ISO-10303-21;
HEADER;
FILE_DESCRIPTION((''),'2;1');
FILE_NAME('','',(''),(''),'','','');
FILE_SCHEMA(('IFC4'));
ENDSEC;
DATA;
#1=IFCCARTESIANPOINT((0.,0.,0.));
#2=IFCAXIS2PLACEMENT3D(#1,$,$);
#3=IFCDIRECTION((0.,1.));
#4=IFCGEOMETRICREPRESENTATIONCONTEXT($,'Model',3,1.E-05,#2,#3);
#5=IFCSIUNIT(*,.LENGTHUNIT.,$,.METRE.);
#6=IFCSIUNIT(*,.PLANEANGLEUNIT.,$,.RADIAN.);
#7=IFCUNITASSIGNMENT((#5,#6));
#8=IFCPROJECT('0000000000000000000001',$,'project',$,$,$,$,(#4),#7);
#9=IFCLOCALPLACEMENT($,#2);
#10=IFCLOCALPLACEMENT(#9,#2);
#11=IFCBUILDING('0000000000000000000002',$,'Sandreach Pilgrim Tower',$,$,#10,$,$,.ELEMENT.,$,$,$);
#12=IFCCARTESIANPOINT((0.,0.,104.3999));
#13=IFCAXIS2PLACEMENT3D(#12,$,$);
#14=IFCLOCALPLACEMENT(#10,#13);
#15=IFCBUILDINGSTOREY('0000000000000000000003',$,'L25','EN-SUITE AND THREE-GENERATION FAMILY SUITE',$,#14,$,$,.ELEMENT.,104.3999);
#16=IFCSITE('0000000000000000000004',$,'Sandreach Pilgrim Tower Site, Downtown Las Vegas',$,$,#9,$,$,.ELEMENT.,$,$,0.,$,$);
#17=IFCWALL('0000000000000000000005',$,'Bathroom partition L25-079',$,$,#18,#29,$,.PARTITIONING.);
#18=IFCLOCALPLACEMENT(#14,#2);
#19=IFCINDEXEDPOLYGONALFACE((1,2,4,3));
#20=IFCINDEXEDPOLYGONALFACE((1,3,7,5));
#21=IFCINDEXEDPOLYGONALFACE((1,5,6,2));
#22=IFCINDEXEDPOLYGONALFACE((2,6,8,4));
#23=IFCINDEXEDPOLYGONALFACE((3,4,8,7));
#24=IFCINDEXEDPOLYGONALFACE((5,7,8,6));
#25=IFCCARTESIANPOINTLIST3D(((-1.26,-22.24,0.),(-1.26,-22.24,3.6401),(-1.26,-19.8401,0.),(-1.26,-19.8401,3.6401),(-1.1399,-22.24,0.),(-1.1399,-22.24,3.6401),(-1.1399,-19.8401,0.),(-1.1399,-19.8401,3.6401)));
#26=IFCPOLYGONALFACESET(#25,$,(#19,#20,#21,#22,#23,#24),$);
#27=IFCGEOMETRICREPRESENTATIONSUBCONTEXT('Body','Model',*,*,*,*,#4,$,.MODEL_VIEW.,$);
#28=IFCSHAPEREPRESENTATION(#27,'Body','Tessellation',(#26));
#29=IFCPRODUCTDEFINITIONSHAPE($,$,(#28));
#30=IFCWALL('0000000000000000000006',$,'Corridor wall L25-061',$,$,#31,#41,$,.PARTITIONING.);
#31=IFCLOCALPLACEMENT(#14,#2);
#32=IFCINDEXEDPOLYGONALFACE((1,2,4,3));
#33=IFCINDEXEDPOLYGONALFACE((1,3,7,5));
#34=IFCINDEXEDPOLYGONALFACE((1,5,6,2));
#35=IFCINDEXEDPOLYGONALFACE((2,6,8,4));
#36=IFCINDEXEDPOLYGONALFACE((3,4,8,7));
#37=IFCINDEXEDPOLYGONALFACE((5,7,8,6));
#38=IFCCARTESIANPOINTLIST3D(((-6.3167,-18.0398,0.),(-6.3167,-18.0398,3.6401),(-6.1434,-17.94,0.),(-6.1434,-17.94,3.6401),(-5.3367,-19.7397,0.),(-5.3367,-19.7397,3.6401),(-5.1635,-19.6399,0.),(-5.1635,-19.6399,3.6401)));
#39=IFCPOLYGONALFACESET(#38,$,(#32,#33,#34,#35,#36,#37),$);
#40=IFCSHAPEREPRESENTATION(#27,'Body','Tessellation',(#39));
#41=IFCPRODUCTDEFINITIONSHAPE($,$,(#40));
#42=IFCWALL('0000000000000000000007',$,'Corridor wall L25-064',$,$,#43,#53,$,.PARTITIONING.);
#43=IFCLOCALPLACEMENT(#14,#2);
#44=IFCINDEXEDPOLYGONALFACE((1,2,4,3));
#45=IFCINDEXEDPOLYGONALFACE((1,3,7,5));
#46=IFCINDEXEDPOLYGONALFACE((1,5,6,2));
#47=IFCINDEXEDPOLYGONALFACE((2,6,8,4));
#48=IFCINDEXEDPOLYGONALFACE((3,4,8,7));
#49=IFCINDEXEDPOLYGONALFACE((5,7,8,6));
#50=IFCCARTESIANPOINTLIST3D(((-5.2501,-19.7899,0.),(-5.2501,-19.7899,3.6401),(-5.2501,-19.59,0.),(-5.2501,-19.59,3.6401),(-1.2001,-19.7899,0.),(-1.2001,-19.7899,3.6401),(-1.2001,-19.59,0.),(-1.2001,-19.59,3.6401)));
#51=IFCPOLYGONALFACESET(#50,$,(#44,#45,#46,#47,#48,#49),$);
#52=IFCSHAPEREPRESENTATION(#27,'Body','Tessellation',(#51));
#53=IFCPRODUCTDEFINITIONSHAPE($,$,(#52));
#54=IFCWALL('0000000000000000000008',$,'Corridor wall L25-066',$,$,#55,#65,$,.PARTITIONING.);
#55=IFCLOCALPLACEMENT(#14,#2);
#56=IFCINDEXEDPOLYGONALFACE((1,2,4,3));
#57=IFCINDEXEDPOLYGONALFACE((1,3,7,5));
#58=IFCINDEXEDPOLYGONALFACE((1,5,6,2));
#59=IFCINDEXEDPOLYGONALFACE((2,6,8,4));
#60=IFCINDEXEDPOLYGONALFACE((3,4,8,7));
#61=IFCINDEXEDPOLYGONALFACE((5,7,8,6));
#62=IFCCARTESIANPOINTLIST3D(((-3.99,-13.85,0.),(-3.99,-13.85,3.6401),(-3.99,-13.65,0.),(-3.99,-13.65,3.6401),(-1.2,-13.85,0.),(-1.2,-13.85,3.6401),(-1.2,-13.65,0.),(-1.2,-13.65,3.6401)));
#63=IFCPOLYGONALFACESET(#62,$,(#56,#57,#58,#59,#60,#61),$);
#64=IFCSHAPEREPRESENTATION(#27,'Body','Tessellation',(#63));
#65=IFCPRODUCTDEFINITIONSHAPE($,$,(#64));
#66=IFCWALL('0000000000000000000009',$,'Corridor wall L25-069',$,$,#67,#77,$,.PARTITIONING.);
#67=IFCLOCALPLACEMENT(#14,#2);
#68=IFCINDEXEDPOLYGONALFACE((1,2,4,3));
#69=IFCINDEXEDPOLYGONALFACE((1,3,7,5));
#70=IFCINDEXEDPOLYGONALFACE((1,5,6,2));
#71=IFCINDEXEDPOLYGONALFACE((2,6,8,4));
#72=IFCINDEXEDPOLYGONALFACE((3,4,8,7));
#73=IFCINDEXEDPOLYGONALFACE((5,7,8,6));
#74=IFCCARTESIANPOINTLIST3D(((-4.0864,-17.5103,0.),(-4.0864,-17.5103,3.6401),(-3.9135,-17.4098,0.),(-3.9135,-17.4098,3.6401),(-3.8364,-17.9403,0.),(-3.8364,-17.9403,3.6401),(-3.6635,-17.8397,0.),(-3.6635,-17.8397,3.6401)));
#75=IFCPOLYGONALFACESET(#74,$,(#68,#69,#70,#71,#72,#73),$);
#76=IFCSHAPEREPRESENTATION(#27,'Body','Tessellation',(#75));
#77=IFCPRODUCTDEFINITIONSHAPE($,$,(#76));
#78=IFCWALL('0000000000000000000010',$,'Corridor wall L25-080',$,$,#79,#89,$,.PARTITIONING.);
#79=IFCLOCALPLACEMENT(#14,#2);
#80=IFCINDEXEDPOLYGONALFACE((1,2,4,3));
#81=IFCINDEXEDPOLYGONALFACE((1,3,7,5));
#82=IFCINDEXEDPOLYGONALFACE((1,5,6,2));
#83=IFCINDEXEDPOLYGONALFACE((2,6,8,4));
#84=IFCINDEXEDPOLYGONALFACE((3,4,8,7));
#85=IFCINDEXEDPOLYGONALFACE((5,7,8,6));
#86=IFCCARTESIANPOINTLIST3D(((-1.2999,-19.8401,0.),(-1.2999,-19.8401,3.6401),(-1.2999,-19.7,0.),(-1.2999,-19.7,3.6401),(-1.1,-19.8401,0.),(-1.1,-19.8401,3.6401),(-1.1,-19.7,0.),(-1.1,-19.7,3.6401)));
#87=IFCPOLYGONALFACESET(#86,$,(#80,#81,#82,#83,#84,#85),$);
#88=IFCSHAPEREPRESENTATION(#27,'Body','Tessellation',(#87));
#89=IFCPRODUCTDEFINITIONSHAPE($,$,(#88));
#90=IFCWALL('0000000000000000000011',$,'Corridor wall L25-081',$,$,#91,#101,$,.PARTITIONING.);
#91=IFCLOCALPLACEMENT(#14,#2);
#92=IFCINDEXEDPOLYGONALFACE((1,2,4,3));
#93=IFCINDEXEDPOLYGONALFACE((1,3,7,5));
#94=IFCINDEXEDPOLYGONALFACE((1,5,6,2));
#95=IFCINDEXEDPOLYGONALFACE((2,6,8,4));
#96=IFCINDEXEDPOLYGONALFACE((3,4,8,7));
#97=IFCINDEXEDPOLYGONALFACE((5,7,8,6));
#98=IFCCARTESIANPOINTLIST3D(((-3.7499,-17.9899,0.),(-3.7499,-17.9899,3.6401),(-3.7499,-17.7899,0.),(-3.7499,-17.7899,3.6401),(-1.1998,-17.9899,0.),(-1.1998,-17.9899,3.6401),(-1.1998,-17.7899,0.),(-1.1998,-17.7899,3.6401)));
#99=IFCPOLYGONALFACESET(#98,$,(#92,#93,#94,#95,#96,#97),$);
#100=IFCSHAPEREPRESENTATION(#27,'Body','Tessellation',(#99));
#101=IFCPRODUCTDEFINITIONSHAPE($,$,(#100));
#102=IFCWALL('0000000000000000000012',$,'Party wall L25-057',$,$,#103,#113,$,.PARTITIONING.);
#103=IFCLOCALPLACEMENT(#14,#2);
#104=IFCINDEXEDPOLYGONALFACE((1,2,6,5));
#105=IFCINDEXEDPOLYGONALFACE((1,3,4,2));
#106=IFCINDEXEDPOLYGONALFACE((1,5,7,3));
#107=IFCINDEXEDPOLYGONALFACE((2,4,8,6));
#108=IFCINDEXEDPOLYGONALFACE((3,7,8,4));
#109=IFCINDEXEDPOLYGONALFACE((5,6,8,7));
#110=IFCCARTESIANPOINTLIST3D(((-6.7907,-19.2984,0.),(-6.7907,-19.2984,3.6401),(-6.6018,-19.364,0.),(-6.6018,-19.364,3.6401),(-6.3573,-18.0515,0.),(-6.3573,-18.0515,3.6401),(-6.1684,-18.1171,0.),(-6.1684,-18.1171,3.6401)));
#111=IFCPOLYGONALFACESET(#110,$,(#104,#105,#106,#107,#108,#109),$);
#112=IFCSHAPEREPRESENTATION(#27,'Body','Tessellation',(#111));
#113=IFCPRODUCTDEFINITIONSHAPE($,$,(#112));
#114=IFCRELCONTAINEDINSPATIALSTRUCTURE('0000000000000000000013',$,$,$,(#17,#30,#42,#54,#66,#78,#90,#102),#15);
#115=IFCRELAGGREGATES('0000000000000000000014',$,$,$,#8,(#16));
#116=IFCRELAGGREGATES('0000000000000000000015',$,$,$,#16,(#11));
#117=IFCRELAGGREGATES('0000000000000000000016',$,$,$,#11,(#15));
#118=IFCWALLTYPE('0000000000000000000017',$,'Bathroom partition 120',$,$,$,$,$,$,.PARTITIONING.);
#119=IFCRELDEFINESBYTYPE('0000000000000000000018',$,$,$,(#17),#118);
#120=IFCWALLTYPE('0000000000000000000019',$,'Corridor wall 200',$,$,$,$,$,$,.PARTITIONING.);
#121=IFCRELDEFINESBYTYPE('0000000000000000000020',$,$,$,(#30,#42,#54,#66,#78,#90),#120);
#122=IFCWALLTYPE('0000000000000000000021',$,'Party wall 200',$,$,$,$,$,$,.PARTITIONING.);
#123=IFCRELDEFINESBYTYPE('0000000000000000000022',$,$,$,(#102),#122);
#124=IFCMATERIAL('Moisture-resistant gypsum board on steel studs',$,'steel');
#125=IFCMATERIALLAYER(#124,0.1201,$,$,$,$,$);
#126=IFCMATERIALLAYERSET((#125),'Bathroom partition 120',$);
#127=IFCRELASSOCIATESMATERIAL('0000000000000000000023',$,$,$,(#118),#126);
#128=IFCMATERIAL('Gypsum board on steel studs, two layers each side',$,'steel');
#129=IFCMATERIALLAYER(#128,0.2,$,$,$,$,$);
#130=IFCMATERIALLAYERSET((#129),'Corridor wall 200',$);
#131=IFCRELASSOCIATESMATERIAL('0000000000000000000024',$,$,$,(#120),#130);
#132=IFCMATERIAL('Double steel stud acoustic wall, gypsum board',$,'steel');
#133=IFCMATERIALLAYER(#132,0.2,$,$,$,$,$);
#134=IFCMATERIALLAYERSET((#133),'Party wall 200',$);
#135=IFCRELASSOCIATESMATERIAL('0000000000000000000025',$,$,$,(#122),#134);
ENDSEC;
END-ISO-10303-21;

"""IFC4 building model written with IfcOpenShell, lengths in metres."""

from ifc_helpers import new_model, si_unit, direction, frame, frame_2d, origin, place, context, subcontext, project, spatial, rectangle, extrude, material, layer, layer_set, type_object, element, save


model = new_model("IFC4")

# Units and contexts
model_context = context("Model", 3, precision=1e-05, world=origin(), true_north=direction((0.0, 1.0)))
body_context = subcontext(model_context, "Body", "Model", "MODEL_VIEW")
ifc_project = project(units=[si_unit("LENGTHUNIT", "METRE"), si_unit("PLANEANGLEUNIT", "RADIAN")], contexts=[model_context])

# Site, building, storey
site_placement = place(None, origin())
site = spatial("IfcSite", under=ifc_project, at=site_placement, Name="Sandreach Pilgrim Tower Site, Downtown Las Vegas", CompositionType="ELEMENT", RefElevation=0.0)
building_placement = place(site_placement, origin())
building = spatial("IfcBuilding", under=site, at=building_placement, Name="Sandreach Pilgrim Tower", CompositionType="ELEMENT")
storey_placement = place(building_placement, frame((0.0, 0.0, 104.3999)))
storey = spatial("IfcBuildingStorey", under=building, at=storey_placement, Name="L25", Description="EN-SUITE AND THREE-GENERATION FAMILY SUITE", CompositionType="ELEMENT", Elevation=104.3999)

# Shared definitions
ifc_material_1 = material(Name="Moisture-resistant gypsum board on steel studs", Category="steel")
ifc_layer_1 = layer(ifc_material_1, 0.1201)
ifc_layer_set_1 = layer_set([ifc_layer_1], Name="Bathroom partition 120")
wall_type_1 = type_object("IfcWallType", Name="Bathroom partition 120", PredefinedType="PARTITIONING", material=ifc_layer_set_1)

# Wall
wall_1_placement = place(storey_placement, frame((-1.2, -19.8401, 0.0), z_axis=(0.0, 0.0, 1.0), x_axis=(0.0, -1.0, 0.0)))
element("IfcWall", 1, at=wall_1_placement, inside=storey, type_object=wall_type_1, Name="Bathroom partition L25-079", PredefinedType="PARTITIONING", context=body_context, shape_type="SweptSolid", body=[
    extrude(rectangle(XDim=2.3999, YDim=0.1201, at=frame_2d((1.2, 0.0))), origin(), (0.0, 0.0, 1.0), 3.6401),
])

# Shared definitions
ifc_material_2 = material(Name="Gypsum board on steel studs, two layers each side", Category="steel")
ifc_layer_2 = layer(ifc_material_2, 0.2)
ifc_layer_set_2 = layer_set([ifc_layer_2], Name="Corridor wall 200")
wall_type_2 = type_object("IfcWallType", Name="Corridor wall 200", PredefinedType="PARTITIONING", material=ifc_layer_set_2)

# Walls
wall_2_placement = place(storey_placement, frame((-6.23, -17.99, 0.0), z_axis=(0.0, 0.0, 1.0), x_axis=(0.499432, -0.866353, 0.0)))
element("IfcWall", 2, at=wall_2_placement, inside=storey, type_object=wall_type_2, Name="Corridor wall L25-061", PredefinedType="PARTITIONING", context=body_context, shape_type="SweptSolid", body=[
    extrude(rectangle(XDim=1.9622, YDim=0.2, at=frame_2d((0.981, 0.0))), origin(), (0.0, 0.0, 1.0), 3.6401),
])
wall_3_placement = place(storey_placement, frame((-5.25, -19.6899, 0.0), z_axis=(0.0, 0.0, 1.0), x_axis=(1.0, 0.0, 0.0)))
element("IfcWall", 3, at=wall_3_placement, inside=storey, type_object=wall_type_2, Name="Corridor wall L25-064", PredefinedType="PARTITIONING", context=body_context, shape_type="SweptSolid", body=[
    extrude(rectangle(XDim=4.05, YDim=0.2, at=frame_2d((2.0249, 0.0))), origin(), (0.0, 0.0, 1.0), 3.6401),
])

# Walls
wall_4_placement = place(storey_placement, frame((-3.99, -13.75, 0.0), z_axis=(0.0, 0.0, 1.0), x_axis=(1.0, 0.0, 0.0)))
element("IfcWall", 4, at=wall_4_placement, inside=storey, type_object=wall_type_2, Name="Corridor wall L25-066", PredefinedType="PARTITIONING", context=body_context, shape_type="SweptSolid", body=[
    extrude(rectangle(XDim=2.79, YDim=0.2, at=frame_2d((1.395, 0.0))), origin(), (0.0, 0.0, 1.0), 3.6401),
])
wall_5_placement = place(storey_placement, frame((-3.75, -17.8899, 0.0), z_axis=(0.0, 0.0, 1.0), x_axis=(-0.50268, 0.864472, 0.0)))
element("IfcWall", 5, at=wall_5_placement, inside=storey, type_object=wall_type_2, Name="Corridor wall L25-069", PredefinedType="PARTITIONING", context=body_context, shape_type="SweptSolid", body=[
    extrude(rectangle(XDim=0.4973, YDim=0.2, at=frame_2d((0.2485, 0.0))), origin(), (0.0, 0.0, 1.0), 3.6401),
])

# Walls
wall_6_placement = place(storey_placement, frame((-1.2, -19.7, 0.0), z_axis=(0.0, 0.0, 1.0), x_axis=(0.0, -1.0, 0.0)))
element("IfcWall", 6, at=wall_6_placement, inside=storey, type_object=wall_type_2, Name="Corridor wall L25-080", PredefinedType="PARTITIONING", context=body_context, shape_type="SweptSolid", body=[
    extrude(rectangle(XDim=0.1401, YDim=0.2, at=frame_2d((0.0701, 0.0))), origin(), (0.0, 0.0, 1.0), 3.6401),
])
wall_7_placement = place(storey_placement, frame((-1.2, -17.8899, 0.0), z_axis=(0.0, 0.0, 1.0), x_axis=(-1.0, 0.0, 0.0)))
element("IfcWall", 7, at=wall_7_placement, inside=storey, type_object=wall_type_2, Name="Corridor wall L25-081", PredefinedType="PARTITIONING", context=body_context, shape_type="SweptSolid", body=[
    extrude(rectangle(XDim=2.55, YDim=0.2, at=frame_2d((1.2749, 0.0))), origin(), (0.0, 0.0, 1.0), 3.6401),
])
ifc_material_3 = material(Name="Double steel stud acoustic wall, gypsum board", Category="steel")
ifc_layer_3 = layer(ifc_material_3, 0.2)
ifc_layer_set_3 = layer_set([ifc_layer_3], Name="Party wall 200")
wall_type_3 = type_object("IfcWallType", Name="Party wall 200", PredefinedType="PARTITIONING", material=ifc_layer_set_3)
wall_8_placement = place(storey_placement, frame((-6.6963, -19.3313, 0.0), z_axis=(0.0, 0.0, 1.0), x_axis=(0.328298, 0.944574, 0.0)))
element("IfcWall", 8, at=wall_8_placement, inside=storey, type_object=wall_type_3, Name="Party wall L25-057", PredefinedType="PARTITIONING", context=body_context, shape_type="SweptSolid", body=[
    extrude(rectangle(XDim=1.3201, YDim=0.2, at=frame_2d((0.6602, 0.0))), origin(), (0.0, 0.0, 1.0), 3.6401),
])

save(model, "model.ifc")
